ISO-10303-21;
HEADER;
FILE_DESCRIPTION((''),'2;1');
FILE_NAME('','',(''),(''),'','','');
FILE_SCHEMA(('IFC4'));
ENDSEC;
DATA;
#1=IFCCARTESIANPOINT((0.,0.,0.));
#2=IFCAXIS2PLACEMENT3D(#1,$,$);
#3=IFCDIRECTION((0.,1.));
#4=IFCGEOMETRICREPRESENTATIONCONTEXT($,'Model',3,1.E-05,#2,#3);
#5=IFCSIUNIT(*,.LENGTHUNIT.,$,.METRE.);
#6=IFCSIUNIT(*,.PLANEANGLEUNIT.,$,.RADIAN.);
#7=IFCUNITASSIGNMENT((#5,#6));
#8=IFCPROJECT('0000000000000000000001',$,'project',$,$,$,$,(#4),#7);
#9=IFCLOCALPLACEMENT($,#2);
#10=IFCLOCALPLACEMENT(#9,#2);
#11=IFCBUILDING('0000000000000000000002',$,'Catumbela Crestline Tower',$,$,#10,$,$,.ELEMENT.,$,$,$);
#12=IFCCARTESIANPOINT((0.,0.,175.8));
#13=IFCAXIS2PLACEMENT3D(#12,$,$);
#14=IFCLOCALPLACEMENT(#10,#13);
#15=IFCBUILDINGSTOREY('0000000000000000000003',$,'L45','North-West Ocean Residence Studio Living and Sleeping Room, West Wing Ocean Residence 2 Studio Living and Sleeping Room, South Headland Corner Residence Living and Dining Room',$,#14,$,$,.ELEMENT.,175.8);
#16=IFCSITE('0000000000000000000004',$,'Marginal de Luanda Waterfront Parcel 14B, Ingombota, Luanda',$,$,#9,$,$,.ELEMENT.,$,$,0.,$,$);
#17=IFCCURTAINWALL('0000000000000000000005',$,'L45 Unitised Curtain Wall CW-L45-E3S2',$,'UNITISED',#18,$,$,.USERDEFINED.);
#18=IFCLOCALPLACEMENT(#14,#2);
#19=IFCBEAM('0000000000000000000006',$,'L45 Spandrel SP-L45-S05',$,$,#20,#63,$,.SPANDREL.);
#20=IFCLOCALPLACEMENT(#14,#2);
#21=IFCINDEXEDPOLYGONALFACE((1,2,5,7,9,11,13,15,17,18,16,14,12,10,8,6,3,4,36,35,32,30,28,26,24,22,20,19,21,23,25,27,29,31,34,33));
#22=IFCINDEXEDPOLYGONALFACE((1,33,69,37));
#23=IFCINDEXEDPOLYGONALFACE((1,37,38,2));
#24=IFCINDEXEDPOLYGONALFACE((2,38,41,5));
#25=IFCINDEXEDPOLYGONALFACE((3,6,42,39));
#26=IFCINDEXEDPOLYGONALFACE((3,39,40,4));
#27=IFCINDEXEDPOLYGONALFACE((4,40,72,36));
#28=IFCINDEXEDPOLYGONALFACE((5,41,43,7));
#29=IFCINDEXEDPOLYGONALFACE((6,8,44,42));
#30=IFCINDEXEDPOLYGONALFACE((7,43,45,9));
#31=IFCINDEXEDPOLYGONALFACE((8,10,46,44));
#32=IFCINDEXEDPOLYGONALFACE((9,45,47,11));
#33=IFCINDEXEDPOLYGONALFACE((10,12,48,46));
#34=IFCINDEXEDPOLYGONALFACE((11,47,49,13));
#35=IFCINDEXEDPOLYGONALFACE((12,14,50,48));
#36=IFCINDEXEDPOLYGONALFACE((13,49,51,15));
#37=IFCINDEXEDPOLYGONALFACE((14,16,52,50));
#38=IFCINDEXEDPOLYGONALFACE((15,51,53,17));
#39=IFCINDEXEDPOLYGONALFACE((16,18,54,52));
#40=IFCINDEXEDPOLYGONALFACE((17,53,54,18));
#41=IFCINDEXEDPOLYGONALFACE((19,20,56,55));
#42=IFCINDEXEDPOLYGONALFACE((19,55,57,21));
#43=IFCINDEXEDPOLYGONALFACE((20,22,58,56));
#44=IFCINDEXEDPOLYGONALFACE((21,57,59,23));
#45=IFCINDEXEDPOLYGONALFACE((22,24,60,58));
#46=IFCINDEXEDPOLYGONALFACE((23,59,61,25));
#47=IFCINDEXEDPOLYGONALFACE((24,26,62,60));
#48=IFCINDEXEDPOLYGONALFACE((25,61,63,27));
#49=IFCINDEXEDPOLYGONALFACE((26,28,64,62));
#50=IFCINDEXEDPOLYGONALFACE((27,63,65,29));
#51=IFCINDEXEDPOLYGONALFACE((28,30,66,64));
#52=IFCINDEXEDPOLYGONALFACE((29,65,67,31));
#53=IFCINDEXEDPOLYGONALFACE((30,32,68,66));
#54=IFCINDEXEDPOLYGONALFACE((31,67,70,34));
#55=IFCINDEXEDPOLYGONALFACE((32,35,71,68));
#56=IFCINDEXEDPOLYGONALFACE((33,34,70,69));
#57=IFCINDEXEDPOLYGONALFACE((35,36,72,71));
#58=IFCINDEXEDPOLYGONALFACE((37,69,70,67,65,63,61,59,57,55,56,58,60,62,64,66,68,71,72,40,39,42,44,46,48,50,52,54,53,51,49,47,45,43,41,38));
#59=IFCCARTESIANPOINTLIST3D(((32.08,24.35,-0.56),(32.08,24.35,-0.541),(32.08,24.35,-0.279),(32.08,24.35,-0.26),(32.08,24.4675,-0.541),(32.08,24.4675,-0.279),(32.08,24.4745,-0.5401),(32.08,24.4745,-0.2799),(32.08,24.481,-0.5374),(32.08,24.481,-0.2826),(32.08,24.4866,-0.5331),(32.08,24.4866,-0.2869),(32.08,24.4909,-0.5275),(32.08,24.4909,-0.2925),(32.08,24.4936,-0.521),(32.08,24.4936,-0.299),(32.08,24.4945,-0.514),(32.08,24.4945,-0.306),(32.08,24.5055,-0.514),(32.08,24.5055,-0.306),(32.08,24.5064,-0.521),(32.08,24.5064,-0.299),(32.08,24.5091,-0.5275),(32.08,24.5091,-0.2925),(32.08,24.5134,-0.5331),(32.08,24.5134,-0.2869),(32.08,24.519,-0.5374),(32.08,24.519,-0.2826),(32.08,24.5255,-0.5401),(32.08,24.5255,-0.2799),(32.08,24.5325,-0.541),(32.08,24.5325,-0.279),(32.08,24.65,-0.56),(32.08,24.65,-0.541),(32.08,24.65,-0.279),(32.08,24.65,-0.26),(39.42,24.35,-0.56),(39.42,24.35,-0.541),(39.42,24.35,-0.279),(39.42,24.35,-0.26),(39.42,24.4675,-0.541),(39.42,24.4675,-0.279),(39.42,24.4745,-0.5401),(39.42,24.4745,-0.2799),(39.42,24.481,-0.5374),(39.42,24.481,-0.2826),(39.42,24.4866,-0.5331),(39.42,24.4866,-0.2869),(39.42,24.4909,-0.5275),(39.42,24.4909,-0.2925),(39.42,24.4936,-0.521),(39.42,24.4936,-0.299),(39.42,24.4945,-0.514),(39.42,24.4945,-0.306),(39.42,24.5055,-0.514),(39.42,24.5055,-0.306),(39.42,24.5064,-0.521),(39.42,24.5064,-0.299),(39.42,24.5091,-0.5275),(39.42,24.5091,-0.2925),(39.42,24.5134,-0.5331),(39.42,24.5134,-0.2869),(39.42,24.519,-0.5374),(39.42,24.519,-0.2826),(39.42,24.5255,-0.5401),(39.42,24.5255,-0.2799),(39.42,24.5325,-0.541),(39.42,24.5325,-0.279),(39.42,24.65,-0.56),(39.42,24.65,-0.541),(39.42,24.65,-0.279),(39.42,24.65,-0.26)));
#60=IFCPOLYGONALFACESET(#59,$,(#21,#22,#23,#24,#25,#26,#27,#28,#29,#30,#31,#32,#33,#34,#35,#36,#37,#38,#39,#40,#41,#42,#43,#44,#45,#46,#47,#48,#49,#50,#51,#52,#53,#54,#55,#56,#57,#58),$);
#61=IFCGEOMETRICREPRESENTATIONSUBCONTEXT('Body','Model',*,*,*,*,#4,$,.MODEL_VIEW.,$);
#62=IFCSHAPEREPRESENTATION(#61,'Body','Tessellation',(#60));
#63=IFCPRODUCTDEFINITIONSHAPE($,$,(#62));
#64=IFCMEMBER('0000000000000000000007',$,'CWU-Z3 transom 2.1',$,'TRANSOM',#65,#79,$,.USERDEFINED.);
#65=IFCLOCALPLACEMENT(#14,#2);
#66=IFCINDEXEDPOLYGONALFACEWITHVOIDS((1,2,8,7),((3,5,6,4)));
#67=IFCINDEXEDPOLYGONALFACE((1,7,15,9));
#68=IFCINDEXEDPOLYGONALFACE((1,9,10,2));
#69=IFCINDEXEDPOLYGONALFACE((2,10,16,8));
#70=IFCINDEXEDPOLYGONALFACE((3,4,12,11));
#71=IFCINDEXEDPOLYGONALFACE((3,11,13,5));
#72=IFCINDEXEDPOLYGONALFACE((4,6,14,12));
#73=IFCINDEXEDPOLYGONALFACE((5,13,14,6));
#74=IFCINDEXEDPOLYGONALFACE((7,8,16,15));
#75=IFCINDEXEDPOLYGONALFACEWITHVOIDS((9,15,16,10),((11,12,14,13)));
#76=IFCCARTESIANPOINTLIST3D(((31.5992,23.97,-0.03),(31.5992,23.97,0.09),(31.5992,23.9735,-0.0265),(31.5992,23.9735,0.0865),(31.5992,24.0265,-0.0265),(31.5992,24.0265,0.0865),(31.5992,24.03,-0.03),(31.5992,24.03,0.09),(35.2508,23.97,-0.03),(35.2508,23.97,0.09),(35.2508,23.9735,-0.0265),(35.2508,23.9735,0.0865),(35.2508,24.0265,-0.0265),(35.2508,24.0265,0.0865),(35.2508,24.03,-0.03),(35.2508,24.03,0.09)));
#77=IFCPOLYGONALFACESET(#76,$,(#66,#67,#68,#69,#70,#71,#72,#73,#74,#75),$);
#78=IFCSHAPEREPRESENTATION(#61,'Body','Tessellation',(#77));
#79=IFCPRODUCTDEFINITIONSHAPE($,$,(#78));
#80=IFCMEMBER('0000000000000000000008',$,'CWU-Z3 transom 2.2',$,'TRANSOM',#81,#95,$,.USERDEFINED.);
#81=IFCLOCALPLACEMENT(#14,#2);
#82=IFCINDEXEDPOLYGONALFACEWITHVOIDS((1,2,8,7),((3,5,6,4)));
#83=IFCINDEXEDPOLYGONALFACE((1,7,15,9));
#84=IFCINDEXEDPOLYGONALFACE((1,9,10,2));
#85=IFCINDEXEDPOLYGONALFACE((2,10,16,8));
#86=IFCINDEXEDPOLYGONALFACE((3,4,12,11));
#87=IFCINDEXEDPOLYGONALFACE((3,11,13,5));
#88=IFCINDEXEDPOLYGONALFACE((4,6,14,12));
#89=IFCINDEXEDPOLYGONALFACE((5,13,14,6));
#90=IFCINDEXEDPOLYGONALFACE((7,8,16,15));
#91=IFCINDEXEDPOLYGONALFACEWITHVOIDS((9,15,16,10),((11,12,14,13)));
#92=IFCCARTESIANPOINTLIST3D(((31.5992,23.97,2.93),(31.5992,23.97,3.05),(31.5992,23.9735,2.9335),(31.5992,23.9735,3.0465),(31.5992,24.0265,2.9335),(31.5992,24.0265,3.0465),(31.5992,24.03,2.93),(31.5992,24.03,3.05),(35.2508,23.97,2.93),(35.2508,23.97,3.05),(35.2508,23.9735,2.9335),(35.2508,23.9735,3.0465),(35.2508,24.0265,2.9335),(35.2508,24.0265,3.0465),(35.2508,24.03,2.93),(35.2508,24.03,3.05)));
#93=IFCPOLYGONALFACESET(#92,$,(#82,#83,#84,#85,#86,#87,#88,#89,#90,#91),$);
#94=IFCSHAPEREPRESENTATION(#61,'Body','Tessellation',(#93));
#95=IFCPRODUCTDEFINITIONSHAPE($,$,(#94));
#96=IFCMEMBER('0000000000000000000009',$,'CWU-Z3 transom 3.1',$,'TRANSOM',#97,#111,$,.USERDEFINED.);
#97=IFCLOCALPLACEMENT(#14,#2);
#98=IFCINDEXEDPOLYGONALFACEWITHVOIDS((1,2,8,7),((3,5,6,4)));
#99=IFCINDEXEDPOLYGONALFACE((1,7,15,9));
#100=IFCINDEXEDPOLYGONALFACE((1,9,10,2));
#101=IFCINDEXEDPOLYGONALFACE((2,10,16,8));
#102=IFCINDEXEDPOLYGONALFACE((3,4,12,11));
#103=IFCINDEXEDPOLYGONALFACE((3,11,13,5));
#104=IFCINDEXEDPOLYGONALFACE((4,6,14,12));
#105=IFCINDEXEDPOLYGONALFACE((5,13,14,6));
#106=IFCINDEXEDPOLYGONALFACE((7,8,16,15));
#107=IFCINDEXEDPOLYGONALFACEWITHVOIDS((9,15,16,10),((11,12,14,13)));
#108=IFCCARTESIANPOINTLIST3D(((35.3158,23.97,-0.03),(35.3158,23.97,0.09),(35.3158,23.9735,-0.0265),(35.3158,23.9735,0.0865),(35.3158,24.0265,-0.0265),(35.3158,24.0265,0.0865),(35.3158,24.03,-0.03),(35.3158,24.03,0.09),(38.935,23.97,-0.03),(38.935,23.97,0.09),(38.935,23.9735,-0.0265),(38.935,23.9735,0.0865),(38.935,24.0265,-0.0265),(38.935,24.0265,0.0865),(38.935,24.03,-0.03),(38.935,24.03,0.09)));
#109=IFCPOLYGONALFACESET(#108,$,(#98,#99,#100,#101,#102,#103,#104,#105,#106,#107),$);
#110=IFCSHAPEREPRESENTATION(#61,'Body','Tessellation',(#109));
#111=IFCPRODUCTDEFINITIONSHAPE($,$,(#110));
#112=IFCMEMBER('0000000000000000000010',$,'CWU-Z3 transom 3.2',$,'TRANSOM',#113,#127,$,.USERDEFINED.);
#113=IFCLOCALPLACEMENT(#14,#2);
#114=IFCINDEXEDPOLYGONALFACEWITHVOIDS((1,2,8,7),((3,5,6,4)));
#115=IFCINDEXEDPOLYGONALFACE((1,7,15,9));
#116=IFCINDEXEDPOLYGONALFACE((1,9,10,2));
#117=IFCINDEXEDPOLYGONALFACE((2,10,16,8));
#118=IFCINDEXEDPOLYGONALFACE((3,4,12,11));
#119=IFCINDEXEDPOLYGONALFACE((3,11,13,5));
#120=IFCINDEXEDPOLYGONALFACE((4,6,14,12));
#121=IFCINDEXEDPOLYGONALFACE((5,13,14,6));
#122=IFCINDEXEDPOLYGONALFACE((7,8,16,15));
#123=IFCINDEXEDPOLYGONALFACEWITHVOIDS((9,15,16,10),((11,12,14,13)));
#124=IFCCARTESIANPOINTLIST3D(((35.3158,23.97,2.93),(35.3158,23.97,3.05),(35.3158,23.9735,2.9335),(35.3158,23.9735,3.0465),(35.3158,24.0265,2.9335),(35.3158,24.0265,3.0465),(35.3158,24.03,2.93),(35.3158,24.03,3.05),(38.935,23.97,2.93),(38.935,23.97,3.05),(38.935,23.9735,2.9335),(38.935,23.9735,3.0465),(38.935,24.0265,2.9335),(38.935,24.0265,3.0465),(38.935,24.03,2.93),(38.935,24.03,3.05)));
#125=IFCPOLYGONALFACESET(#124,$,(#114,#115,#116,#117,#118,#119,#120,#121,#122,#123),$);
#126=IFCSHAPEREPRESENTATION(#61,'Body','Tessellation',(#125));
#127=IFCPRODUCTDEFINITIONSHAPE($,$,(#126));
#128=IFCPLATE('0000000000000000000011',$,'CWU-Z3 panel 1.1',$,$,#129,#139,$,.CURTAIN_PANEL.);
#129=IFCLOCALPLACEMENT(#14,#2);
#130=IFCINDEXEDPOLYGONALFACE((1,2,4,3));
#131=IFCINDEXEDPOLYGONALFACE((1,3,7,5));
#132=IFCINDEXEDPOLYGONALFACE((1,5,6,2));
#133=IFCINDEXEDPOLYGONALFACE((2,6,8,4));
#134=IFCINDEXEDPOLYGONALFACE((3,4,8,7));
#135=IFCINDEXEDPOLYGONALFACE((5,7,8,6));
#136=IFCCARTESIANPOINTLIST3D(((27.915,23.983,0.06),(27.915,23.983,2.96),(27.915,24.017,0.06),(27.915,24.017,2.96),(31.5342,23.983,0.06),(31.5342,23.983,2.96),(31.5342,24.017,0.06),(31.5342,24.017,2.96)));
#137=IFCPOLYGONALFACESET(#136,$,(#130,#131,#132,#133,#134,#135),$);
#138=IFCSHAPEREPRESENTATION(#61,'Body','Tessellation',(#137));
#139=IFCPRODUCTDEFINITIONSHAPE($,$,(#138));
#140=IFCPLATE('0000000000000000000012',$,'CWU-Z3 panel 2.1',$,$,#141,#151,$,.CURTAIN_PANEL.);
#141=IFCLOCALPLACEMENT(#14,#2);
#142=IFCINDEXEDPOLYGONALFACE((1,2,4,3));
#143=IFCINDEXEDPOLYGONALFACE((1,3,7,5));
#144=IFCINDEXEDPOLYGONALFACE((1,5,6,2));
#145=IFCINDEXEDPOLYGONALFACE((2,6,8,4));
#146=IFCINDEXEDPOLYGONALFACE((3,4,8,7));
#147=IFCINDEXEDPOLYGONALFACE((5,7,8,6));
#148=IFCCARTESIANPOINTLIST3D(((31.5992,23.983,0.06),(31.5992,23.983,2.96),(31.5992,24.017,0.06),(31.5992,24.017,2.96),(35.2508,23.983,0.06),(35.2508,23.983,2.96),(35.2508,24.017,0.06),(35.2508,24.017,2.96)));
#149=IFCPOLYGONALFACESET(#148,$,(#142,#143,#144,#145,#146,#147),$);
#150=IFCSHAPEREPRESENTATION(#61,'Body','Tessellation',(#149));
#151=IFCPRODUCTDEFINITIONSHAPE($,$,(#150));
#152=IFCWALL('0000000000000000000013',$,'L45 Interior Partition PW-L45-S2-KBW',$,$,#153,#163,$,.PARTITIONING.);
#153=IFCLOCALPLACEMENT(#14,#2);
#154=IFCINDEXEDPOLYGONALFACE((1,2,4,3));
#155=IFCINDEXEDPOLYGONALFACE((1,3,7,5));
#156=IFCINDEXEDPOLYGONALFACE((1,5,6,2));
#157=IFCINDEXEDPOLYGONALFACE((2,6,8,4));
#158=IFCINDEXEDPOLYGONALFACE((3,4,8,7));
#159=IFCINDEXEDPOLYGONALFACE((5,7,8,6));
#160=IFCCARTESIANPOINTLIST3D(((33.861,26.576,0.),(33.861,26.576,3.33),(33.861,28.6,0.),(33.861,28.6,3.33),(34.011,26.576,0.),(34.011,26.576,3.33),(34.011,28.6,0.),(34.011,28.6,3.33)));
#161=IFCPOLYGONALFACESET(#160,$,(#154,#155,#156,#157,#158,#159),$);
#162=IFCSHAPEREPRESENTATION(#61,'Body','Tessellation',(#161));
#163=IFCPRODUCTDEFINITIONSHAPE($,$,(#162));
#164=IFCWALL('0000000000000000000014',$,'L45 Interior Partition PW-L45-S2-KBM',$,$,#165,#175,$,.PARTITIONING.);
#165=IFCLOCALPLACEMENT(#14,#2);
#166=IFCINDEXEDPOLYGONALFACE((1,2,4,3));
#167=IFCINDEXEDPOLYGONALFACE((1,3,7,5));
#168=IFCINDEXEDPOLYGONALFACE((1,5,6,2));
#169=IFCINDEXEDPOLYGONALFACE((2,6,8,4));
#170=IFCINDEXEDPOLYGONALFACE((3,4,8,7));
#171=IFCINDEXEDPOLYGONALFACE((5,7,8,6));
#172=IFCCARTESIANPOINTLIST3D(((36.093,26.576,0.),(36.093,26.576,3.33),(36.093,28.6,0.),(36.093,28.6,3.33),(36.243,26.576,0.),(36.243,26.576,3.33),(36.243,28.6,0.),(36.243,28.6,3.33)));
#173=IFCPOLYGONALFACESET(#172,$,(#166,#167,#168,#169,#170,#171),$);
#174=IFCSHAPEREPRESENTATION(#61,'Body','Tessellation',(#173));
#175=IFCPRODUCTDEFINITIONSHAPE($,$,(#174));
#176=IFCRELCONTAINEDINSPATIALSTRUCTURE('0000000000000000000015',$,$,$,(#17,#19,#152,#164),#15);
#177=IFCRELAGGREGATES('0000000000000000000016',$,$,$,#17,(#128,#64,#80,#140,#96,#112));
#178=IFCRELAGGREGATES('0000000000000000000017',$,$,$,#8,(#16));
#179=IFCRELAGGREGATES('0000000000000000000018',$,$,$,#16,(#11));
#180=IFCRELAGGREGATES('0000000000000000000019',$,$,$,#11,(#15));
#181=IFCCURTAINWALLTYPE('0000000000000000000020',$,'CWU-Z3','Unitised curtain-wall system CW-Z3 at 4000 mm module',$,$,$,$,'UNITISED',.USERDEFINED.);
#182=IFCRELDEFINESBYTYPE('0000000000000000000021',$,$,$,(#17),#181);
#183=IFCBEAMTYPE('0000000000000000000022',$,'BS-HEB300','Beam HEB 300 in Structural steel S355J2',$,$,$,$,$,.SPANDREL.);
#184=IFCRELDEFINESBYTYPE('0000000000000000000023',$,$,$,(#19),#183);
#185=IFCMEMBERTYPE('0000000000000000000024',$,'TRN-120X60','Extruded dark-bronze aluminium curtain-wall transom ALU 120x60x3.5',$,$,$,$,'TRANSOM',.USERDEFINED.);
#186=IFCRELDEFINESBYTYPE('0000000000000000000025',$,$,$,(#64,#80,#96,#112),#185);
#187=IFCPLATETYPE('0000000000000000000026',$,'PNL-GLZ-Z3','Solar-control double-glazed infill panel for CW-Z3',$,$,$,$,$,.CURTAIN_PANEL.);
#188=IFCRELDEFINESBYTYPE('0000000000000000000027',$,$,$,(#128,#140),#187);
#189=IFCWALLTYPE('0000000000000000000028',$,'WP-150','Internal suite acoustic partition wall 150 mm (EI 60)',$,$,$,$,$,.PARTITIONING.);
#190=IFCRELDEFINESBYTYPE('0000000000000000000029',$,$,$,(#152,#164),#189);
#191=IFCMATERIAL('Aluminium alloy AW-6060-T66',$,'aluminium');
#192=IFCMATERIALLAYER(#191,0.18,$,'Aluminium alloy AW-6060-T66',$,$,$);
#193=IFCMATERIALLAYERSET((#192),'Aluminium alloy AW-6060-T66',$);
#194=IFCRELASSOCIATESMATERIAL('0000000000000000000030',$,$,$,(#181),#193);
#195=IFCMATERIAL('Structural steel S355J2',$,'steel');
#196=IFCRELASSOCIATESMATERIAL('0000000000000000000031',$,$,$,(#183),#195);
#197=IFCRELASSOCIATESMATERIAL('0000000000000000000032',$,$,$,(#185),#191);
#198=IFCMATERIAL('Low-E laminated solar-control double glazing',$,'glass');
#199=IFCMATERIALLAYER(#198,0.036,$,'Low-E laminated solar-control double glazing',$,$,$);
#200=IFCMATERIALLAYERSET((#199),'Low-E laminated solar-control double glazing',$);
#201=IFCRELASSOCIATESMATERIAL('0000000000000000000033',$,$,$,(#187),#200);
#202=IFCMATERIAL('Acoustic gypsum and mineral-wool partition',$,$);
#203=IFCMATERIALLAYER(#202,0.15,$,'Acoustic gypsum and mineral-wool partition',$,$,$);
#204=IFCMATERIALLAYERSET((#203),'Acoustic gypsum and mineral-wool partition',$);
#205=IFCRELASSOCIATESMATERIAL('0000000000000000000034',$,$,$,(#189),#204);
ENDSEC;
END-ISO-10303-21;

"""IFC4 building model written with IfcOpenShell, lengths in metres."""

from ifc_helpers import new_model, si_unit, direction, frame, frame_2d, origin, origin_2d, place, context, subcontext, project, spatial, rectangle, hollow_rectangle, i_section, extrude, material, layer, layer_set, material_profile, profile_set, type_object, element, aggregate, save


model = new_model("IFC4")

# Units and contexts
model_context = context("Model", 3, precision=1e-05, world=origin(), true_north=direction((0.0, 1.0)))
body_context = subcontext(model_context, "Body", "Model", "MODEL_VIEW")
ifc_project = project(units=[si_unit("LENGTHUNIT", "METRE"), si_unit("PLANEANGLEUNIT", "RADIAN")], contexts=[model_context])

# Site, building, storey
site_placement = place(None, origin())
site = spatial("IfcSite", under=ifc_project, at=site_placement, Name="Marginal de Luanda Waterfront Parcel 14B, Ingombota, Luanda", CompositionType="ELEMENT", RefElevation=0.0)
building_placement = place(site_placement, origin())
building = spatial("IfcBuilding", under=site, at=building_placement, Name="Catumbela Crestline Tower", CompositionType="ELEMENT")
storey_placement = place(building_placement, frame((0.0, 0.0, 175.8)))
storey = spatial("IfcBuildingStorey", under=building, at=storey_placement, Name="L45", Description="North-West Ocean Residence Studio Living and Sleeping Room, West Wing Ocean Residence 2 Studio Living and Sleeping Room, South Headland Corner Residence Living and Dining Room", CompositionType="ELEMENT", Elevation=175.8)

# Shared definitions
ifc_material_1 = material(Name="Structural steel S355J2", Category="steel")

# Curtain wall
ifc_material_2 = material(Name="Aluminium alloy AW-6060-T66", Category="aluminium")
ifc_layer_1 = layer(ifc_material_2, 0.18, Name="Aluminium alloy AW-6060-T66")
ifc_layer_set_1 = layer_set([ifc_layer_1], Name="Aluminium alloy AW-6060-T66")
curtain_wall_type = type_object("IfcCurtainWallType", Name="CWU-Z3", Description="Unitised curtain-wall system CW-Z3 at 4000 mm module", ElementType="UNITISED", PredefinedType="USERDEFINED", material=ifc_layer_set_1)
curtain_wall_placement = place(storey_placement, origin())
curtain_wall = element("IfcCurtainWall", 1, at=curtain_wall_placement, inside=storey, type_object=curtain_wall_type, Name="L45 Unitised Curtain Wall CW-L45-E3S2", ObjectType="UNITISED", PredefinedType="USERDEFINED")

# Beam
ifc_material_profile_1 = material_profile(ifc_material_1, i_section(OverallWidth=0.3, OverallDepth=0.3, WebThickness=0.011, FlangeThickness=0.019, FilletRadius=0.027, at=origin_2d()), Name="HEB 300")
ifc_profile_set_1 = profile_set([ifc_material_profile_1], Name="Structural steel S355J2")
beam_type_1 = type_object("IfcBeamType", Name="BS-HEB300", Description="Beam HEB 300 in Structural steel S355J2", PredefinedType="SPANDREL", material=ifc_profile_set_1)
beam_1_placement = place(storey_placement, frame((32.08, 24.5, -0.41), z_axis=(1.0, 0.0, 0.0), x_axis=(0.0, 1.0, 0.0)))
element("IfcBeam", 2, at=beam_1_placement, inside=storey, type_object=beam_type_1, Name="L45 Spandrel SP-L45-S05", PredefinedType="SPANDREL", context=body_context, shape_type="SweptSolid", body=[
    extrude(i_section(OverallWidth=0.3, OverallDepth=0.3, WebThickness=0.011, FlangeThickness=0.019, FilletRadius=0.027, at=origin_2d()), origin(), (0.0, 0.0, 1.0), 7.34),
])

# Members
ifc_material_profile_2 = material_profile(ifc_material_2, hollow_rectangle(XDim=0.06, YDim=0.12, WallThickness=0.0035, at=origin_2d()), Name="ALU 120x60x3.5")
ifc_profile_set_2 = profile_set([ifc_material_profile_2], Name="Aluminium alloy AW-6060-T66")
member_type_1 = type_object("IfcMemberType", Name="TRN-120X60", Description="Extruded dark-bronze aluminium curtain-wall transom ALU 120x60x3.5", ElementType="TRANSOM", PredefinedType="USERDEFINED", material=ifc_profile_set_2)
member_1_placement = place(storey_placement, frame((31.5992, 24.0, 0.03), z_axis=(1.0, 0.0, 0.0), x_axis=(0.0, 1.0, 0.0)))
member_1 = element("IfcMember", 3, at=member_1_placement, type_object=member_type_1, Name="CWU-Z3 transom 2.1", ObjectType="TRANSOM", PredefinedType="USERDEFINED", context=body_context, shape_type="SweptSolid", body=[
    extrude(hollow_rectangle(XDim=0.06, YDim=0.12, WallThickness=0.0035, at=origin_2d()), origin(), (0.0, 0.0, 1.0), 3.6516),
])
member_2_placement = place(storey_placement, frame((31.5992, 24.0, 2.99), z_axis=(1.0, 0.0, 0.0), x_axis=(0.0, 1.0, 0.0)))
member_2 = element("IfcMember", 4, at=member_2_placement, type_object=member_type_1, Name="CWU-Z3 transom 2.2", ObjectType="TRANSOM", PredefinedType="USERDEFINED", context=body_context, shape_type="SweptSolid", body=[
    extrude(hollow_rectangle(XDim=0.06, YDim=0.12, WallThickness=0.0035, at=origin_2d()), origin(), (0.0, 0.0, 1.0), 3.6516),
])
member_3_placement = place(storey_placement, frame((35.3158, 24.0, 0.03), z_axis=(1.0, 0.0, 0.0), x_axis=(0.0, 1.0, 0.0)))
member_3 = element("IfcMember", 5, at=member_3_placement, type_object=member_type_1, Name="CWU-Z3 transom 3.1", ObjectType="TRANSOM", PredefinedType="USERDEFINED", context=body_context, shape_type="SweptSolid", body=[
    extrude(hollow_rectangle(XDim=0.06, YDim=0.12, WallThickness=0.0035, at=origin_2d()), origin(), (0.0, 0.0, 1.0), 3.6192),
])
member_4_placement = place(storey_placement, frame((35.3158, 24.0, 2.99), z_axis=(1.0, 0.0, 0.0), x_axis=(0.0, 1.0, 0.0)))
member_4 = element("IfcMember", 6, at=member_4_placement, type_object=member_type_1, Name="CWU-Z3 transom 3.2", ObjectType="TRANSOM", PredefinedType="USERDEFINED", context=body_context, shape_type="SweptSolid", body=[
    extrude(hollow_rectangle(XDim=0.06, YDim=0.12, WallThickness=0.0035, at=origin_2d()), origin(), (0.0, 0.0, 1.0), 3.6192),
])

# Plates
ifc_material_3 = material(Name="Low-E laminated solar-control double glazing", Category="glass")
ifc_layer_2 = layer(ifc_material_3, 0.036, Name="Low-E laminated solar-control double glazing")
ifc_layer_set_2 = layer_set([ifc_layer_2], Name="Low-E laminated solar-control double glazing")
plate_type = type_object("IfcPlateType", Name="PNL-GLZ-Z3", Description="Solar-control double-glazed infill panel for CW-Z3", PredefinedType="CURTAIN_PANEL", material=ifc_layer_set_2)
plate_1_placement = place(storey_placement, frame((29.7246, 24.0, 0.06), z_axis=(0.0, 0.0, 1.0), x_axis=(1.0, 0.0, 0.0)))
plate_1 = element("IfcPlate", 7, at=plate_1_placement, type_object=plate_type, Name="CWU-Z3 panel 1.1", PredefinedType="CURTAIN_PANEL", context=body_context, shape_type="SweptSolid", body=[
    extrude(rectangle(XDim=3.6192, YDim=0.034, at=origin_2d()), origin(), (0.0, 0.0, 1.0), 2.9),
])
plate_2_placement = place(storey_placement, frame((33.425, 24.0, 0.06), z_axis=(0.0, 0.0, 1.0), x_axis=(1.0, 0.0, 0.0)))
plate_2 = element("IfcPlate", 8, at=plate_2_placement, type_object=plate_type, Name="CWU-Z3 panel 2.1", PredefinedType="CURTAIN_PANEL", context=body_context, shape_type="SweptSolid", body=[
    extrude(rectangle(XDim=3.6517, YDim=0.034, at=origin_2d()), origin(), (0.0, 0.0, 1.0), 2.9),
])
aggregate(curtain_wall, [plate_1, member_1, member_2, plate_2, member_3, member_4])

# Walls
ifc_material_4 = material(Name="Acoustic gypsum and mineral-wool partition")
ifc_layer_3 = layer(ifc_material_4, 0.15, Name="Acoustic gypsum and mineral-wool partition")
ifc_layer_set_3 = layer_set([ifc_layer_3], Name="Acoustic gypsum and mineral-wool partition")
wall_type_1 = type_object("IfcWallType", Name="WP-150", Description="Internal suite acoustic partition wall 150 mm (EI 60)", PredefinedType="PARTITIONING", material=ifc_layer_set_3)
for number, where, z_axis, x_axis, name in (
    (9, (33.936, 26.576, 0.0), (0.0, 0.0, 1.0), (0.0, 1.0, 0.0), "L45 Interior Partition PW-L45-S2-KBW"),
    (10, (36.168, 26.576, 0.0), (0.0, 0.0, 1.0), (0.0, 1.0, 0.0), "L45 Interior Partition PW-L45-S2-KBM"),
):
    element("IfcWall", number, at=place(storey_placement, frame(where, z_axis=z_axis, x_axis=x_axis)), inside=storey, type_object=wall_type_1, Name=name, PredefinedType="PARTITIONING", context=body_context, shape_type="SweptSolid", body=[
        extrude(rectangle(XDim=2.024, YDim=0.15, at=frame_2d((1.012, 0.0))), origin(), (0.0, 0.0, 1.0), 3.33),
    ])

save(model, "model.ifc")
